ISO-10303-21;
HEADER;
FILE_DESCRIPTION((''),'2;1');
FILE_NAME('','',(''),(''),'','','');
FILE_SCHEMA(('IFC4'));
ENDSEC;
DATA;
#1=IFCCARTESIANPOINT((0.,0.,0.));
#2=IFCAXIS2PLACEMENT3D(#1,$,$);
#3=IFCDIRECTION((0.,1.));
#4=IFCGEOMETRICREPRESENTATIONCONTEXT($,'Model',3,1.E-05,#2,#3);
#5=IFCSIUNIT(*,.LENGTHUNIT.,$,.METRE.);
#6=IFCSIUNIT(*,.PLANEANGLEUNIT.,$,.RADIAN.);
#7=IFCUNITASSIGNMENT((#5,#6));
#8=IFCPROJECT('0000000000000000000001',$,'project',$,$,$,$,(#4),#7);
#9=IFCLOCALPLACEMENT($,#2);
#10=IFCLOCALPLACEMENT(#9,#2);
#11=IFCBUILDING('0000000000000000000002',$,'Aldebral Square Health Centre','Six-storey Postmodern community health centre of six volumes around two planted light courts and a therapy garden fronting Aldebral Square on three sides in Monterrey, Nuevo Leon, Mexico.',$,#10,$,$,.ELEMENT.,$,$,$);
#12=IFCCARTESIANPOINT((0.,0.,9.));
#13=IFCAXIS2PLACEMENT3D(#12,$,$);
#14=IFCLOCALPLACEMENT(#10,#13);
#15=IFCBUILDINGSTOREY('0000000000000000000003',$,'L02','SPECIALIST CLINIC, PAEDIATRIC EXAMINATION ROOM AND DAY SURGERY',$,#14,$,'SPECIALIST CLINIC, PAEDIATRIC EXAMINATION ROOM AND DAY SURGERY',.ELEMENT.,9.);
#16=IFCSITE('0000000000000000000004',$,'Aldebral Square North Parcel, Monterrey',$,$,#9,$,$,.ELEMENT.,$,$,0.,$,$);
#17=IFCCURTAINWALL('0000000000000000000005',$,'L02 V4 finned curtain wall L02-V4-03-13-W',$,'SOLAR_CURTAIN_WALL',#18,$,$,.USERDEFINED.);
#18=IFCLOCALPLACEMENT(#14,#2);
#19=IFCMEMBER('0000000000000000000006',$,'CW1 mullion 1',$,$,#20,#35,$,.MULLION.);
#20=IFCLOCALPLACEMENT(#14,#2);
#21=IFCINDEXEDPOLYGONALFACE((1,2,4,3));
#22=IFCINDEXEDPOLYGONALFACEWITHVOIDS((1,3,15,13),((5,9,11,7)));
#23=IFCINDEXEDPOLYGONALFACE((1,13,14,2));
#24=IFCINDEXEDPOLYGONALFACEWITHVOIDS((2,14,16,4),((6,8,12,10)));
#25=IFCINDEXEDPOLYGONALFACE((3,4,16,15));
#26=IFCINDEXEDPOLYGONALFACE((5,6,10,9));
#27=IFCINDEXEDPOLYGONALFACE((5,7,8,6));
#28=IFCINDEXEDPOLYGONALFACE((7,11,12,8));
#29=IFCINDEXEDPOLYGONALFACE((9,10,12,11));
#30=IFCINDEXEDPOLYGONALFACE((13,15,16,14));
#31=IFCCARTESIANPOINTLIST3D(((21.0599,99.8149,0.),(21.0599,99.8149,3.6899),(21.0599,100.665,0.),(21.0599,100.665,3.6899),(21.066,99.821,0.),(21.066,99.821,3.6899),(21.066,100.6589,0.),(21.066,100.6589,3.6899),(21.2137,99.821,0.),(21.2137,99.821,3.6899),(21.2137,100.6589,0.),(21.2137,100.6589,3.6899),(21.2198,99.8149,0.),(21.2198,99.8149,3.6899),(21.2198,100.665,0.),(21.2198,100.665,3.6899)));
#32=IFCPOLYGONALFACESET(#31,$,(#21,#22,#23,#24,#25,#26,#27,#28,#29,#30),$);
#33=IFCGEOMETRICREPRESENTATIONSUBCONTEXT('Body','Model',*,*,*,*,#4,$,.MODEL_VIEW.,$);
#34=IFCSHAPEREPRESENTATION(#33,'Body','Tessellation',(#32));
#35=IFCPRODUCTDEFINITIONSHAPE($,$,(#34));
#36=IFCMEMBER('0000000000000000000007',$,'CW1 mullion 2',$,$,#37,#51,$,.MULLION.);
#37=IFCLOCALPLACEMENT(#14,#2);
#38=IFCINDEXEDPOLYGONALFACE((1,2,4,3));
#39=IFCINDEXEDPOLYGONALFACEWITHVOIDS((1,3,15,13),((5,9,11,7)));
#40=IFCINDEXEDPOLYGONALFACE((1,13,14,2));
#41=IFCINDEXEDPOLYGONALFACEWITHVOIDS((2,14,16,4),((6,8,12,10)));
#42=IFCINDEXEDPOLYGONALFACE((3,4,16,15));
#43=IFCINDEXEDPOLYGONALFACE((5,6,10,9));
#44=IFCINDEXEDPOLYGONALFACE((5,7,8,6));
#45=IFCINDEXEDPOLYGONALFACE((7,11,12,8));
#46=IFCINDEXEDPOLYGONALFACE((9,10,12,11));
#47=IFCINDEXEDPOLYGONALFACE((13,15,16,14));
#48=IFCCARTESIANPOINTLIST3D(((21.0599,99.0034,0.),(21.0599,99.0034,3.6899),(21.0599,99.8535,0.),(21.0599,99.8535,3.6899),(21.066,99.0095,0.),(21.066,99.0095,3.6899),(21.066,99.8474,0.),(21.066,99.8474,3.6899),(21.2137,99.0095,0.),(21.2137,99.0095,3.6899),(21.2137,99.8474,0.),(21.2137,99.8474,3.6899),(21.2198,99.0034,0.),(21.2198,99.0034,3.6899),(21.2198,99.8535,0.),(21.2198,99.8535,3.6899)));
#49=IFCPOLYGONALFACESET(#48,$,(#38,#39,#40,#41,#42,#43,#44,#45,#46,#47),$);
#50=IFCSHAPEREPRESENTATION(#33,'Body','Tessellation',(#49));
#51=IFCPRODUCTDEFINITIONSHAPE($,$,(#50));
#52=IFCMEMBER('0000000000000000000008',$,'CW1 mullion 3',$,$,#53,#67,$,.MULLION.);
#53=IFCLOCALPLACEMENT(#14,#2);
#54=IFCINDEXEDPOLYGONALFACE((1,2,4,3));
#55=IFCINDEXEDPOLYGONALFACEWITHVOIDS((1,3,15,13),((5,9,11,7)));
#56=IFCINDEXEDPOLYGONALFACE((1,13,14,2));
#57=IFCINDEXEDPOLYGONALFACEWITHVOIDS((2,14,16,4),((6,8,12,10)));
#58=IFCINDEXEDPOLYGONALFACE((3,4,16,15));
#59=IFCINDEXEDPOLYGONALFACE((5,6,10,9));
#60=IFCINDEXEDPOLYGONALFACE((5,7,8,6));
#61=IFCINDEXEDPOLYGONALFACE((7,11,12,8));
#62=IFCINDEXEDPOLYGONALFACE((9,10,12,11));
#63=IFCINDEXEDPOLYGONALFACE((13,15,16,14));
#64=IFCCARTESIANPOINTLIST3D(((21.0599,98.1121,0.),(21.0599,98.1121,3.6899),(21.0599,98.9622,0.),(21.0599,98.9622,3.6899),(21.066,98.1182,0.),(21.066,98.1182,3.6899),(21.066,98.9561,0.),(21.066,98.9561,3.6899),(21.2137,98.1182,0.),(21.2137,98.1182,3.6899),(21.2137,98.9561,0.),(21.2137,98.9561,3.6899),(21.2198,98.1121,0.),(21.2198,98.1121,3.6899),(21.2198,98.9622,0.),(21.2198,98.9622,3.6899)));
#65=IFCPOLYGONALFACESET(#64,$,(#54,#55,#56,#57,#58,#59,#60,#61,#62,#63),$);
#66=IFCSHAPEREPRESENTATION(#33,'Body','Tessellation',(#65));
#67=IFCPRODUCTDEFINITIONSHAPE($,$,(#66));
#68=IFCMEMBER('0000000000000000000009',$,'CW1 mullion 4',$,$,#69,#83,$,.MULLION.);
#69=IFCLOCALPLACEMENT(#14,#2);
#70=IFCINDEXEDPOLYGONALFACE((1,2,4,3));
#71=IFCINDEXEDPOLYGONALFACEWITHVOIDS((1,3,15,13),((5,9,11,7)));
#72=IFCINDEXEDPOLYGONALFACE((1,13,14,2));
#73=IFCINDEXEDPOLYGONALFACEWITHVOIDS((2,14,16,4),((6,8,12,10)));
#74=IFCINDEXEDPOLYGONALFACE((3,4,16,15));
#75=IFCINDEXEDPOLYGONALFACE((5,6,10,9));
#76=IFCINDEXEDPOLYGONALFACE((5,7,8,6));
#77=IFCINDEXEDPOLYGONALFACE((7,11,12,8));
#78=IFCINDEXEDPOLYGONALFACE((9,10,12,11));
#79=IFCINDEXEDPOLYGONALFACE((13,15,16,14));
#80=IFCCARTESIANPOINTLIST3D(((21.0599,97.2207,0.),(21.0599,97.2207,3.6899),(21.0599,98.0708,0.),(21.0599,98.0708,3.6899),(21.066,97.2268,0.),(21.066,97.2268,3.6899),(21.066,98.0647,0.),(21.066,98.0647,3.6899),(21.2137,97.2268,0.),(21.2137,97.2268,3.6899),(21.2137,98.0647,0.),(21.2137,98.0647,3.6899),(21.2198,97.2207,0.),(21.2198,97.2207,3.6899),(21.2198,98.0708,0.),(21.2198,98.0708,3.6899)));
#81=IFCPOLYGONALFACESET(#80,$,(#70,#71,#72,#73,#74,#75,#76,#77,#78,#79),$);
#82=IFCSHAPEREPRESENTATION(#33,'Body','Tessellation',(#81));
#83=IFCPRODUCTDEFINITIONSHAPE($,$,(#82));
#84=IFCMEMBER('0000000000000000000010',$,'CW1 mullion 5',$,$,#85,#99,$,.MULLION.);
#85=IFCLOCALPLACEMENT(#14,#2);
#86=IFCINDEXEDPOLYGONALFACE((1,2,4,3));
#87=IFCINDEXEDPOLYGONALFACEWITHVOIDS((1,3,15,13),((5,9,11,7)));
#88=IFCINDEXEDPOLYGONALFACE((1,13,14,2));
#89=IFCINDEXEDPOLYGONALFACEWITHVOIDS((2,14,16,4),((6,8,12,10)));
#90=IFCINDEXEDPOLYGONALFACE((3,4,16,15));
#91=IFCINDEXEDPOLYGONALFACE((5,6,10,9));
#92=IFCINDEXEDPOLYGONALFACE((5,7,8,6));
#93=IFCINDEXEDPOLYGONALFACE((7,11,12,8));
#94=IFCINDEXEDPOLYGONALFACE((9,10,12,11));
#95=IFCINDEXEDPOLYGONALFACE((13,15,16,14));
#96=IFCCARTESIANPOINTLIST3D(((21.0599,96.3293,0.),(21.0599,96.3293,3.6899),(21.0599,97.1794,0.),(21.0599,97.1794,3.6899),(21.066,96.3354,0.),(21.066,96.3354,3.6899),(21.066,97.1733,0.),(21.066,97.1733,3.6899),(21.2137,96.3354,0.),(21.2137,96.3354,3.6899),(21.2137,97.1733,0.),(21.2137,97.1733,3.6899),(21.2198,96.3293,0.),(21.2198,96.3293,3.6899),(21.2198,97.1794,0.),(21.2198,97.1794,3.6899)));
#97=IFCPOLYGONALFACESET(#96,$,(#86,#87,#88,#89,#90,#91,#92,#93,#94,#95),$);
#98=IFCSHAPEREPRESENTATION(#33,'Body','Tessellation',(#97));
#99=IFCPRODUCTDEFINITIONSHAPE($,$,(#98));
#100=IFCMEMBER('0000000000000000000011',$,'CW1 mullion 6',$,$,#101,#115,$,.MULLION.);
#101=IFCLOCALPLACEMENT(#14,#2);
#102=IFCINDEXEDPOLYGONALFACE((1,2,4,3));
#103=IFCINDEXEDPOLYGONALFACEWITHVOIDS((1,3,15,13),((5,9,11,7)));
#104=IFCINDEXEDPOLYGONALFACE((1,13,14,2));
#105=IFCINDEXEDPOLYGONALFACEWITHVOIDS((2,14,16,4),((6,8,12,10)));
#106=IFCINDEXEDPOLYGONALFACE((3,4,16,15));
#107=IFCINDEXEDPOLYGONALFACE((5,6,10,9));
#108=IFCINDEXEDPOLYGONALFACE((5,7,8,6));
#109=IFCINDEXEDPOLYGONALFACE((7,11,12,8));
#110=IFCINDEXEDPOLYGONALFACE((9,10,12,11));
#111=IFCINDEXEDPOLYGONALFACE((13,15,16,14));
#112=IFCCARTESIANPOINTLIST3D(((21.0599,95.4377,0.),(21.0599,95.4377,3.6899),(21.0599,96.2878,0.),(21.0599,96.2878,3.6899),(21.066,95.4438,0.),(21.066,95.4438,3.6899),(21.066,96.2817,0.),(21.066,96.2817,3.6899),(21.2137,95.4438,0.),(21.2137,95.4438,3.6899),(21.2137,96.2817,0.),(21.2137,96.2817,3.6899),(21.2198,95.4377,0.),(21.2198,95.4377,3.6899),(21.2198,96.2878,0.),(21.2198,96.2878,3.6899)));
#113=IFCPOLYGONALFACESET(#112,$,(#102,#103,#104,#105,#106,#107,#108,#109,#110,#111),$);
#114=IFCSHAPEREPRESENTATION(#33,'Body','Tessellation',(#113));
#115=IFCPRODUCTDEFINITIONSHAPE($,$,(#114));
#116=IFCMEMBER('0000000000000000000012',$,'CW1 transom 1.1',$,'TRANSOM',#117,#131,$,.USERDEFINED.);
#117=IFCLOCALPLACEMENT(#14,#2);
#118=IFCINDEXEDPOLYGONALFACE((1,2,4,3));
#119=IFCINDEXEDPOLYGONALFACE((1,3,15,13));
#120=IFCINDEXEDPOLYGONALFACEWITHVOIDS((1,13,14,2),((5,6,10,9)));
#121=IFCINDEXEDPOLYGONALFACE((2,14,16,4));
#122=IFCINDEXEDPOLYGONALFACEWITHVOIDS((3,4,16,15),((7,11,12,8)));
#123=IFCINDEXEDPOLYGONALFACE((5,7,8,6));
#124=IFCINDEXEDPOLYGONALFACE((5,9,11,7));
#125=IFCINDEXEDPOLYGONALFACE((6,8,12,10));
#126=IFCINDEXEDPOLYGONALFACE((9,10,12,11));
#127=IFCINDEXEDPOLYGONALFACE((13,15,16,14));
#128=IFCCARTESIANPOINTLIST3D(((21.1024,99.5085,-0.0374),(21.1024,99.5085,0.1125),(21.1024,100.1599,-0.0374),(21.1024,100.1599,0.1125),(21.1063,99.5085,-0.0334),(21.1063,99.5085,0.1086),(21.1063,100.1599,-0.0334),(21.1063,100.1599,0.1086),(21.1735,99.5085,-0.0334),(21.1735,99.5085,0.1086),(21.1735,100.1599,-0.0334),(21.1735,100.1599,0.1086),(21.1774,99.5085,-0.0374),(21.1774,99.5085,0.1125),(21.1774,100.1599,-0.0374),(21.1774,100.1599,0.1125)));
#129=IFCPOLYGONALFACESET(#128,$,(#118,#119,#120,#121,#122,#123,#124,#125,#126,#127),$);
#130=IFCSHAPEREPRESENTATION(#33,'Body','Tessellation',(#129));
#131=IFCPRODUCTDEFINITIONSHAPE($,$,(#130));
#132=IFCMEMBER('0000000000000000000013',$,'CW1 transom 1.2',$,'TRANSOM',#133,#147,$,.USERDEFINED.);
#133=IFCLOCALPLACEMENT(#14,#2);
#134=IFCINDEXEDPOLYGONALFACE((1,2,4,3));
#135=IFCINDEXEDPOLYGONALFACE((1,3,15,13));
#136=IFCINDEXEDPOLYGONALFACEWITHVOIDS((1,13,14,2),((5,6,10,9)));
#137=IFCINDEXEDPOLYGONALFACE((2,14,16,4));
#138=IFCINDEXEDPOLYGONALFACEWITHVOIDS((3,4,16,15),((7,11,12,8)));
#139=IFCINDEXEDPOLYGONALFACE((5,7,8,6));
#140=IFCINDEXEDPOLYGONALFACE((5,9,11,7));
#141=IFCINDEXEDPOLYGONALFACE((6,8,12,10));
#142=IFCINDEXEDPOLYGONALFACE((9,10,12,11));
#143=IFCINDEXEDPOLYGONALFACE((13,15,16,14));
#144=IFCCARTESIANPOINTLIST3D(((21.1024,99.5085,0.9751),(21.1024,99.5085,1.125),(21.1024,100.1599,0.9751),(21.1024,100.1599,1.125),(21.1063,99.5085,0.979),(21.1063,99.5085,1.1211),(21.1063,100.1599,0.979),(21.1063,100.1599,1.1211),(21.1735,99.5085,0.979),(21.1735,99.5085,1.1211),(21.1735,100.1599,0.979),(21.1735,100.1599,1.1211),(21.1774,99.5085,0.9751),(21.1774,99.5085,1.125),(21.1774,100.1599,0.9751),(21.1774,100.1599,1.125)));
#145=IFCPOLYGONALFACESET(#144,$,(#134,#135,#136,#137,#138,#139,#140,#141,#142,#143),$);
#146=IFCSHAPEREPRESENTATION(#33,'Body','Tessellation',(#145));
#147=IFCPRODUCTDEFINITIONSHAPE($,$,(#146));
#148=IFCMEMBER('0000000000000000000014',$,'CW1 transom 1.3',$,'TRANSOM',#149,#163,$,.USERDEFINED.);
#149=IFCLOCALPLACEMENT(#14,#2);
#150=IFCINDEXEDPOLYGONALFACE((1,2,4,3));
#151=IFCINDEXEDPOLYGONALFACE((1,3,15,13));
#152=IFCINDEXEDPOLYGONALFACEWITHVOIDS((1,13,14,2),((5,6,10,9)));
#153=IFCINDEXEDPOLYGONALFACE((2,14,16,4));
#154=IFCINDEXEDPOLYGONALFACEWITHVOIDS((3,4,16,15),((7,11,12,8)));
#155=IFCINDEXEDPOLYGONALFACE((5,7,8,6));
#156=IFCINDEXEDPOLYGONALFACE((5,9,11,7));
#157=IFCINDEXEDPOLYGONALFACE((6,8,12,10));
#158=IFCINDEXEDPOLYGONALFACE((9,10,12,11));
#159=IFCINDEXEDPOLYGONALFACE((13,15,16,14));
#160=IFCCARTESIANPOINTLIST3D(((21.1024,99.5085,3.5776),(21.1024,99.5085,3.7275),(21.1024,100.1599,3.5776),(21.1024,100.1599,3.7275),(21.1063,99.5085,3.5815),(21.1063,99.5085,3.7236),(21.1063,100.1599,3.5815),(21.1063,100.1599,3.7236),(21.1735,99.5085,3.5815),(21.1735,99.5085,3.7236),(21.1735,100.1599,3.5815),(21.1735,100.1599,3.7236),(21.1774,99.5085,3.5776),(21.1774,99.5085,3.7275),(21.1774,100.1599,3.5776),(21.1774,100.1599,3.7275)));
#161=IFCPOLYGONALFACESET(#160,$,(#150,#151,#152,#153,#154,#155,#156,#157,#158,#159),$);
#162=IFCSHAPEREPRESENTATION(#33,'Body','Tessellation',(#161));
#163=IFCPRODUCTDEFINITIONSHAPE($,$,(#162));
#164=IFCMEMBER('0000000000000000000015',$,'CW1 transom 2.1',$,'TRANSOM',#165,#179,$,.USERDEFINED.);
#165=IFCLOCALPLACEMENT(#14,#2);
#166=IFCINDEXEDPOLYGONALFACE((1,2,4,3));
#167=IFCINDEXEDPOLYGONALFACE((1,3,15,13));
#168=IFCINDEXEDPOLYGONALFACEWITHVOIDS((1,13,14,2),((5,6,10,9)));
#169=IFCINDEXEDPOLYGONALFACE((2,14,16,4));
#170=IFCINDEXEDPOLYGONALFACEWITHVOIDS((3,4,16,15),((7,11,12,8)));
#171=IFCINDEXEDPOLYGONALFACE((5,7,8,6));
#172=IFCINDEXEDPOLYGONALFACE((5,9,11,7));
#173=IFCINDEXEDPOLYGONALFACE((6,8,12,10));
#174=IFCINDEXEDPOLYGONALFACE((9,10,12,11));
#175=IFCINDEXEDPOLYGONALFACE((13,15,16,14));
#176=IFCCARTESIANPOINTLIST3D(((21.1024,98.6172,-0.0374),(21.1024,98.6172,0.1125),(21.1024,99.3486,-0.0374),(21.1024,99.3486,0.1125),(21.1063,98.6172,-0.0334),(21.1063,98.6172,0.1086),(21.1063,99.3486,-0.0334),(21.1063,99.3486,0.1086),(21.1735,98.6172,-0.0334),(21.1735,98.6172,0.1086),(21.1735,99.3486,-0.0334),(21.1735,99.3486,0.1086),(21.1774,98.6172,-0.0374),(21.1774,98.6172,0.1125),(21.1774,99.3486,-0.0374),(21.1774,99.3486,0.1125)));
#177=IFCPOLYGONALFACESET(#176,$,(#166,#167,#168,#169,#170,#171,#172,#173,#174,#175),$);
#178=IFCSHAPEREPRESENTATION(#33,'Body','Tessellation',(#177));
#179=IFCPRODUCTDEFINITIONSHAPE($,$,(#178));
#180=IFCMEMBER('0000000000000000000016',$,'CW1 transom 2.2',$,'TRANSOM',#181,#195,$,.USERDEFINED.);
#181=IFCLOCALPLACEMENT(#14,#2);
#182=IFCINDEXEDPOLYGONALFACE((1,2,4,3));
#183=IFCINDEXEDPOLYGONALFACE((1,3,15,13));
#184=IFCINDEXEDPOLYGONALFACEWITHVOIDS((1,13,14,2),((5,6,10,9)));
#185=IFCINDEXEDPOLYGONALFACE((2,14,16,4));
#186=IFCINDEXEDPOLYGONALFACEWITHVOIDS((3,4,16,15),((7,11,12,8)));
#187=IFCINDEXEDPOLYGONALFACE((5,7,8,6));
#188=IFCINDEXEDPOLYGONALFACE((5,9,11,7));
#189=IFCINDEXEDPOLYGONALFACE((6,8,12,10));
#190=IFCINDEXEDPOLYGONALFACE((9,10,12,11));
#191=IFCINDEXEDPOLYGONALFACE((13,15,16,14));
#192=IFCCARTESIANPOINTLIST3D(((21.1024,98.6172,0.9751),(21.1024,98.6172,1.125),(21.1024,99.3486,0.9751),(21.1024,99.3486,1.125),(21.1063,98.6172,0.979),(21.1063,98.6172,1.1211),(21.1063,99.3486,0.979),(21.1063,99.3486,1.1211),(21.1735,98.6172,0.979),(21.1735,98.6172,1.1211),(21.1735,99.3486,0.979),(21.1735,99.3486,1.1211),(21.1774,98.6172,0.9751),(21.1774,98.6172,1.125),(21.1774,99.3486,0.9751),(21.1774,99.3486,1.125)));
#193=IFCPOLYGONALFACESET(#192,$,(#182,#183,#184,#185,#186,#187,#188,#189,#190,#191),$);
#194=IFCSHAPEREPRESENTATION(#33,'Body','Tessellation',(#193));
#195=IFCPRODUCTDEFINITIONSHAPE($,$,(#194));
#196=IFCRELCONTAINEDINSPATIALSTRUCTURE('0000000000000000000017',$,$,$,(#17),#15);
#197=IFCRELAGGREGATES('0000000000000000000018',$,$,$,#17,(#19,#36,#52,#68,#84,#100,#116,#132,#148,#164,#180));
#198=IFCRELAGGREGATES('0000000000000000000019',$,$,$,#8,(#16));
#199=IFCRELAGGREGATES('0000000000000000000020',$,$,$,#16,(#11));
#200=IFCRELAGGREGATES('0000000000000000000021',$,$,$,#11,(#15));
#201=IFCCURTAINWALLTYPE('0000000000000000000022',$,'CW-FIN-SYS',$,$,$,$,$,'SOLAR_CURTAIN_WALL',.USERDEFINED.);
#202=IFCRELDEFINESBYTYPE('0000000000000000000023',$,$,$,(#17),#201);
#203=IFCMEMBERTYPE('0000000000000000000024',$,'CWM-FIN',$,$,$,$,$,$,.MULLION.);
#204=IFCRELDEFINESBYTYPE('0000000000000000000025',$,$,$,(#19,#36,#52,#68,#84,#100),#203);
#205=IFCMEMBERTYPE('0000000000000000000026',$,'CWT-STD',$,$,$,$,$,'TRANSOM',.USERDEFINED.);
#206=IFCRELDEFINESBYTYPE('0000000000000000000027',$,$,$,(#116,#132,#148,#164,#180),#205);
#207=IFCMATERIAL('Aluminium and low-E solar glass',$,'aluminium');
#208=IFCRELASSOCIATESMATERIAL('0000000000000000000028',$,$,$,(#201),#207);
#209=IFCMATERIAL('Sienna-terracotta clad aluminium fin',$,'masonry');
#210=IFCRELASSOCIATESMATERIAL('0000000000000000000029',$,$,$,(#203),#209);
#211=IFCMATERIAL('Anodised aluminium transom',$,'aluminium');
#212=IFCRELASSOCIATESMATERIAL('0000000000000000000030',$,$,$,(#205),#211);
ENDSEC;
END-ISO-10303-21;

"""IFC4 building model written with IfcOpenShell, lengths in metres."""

from ifc_helpers import new_model, si_unit, direction, frame, origin, origin_2d, place, context, subcontext, project, spatial, hollow_rectangle, extrude, material, material_profile, profile_set, type_object, element, aggregate, save


model = new_model("IFC4")

# Units and contexts
model_context = context("Model", 3, precision=1e-05, world=origin(), true_north=direction((0.0, 1.0)))
body_context = subcontext(model_context, "Body", "Model", "MODEL_VIEW")
ifc_project = project(units=[si_unit("LENGTHUNIT", "METRE"), si_unit("PLANEANGLEUNIT", "RADIAN")], contexts=[model_context])

# Site, building, storey
site_placement = place(None, origin())
site = spatial("IfcSite", under=ifc_project, at=site_placement, Name="Aldebral Square North Parcel, Monterrey", CompositionType="ELEMENT", RefElevation=0.0)
building_placement = place(site_placement, origin())
building = spatial("IfcBuilding", under=site, at=building_placement, Name="Aldebral Square Health Centre", Description="Six-storey Postmodern community health centre of six volumes around two planted light courts and a therapy garden fronting Aldebral Square on three sides in Monterrey, Nuevo Leon, Mexico.", CompositionType="ELEMENT")
storey_placement = place(building_placement, frame((0.0, 0.0, 9.0)))
storey = spatial("IfcBuildingStorey", under=building, at=storey_placement, Name="L02", Description="SPECIALIST CLINIC, PAEDIATRIC EXAMINATION ROOM AND DAY SURGERY", LongName="SPECIALIST CLINIC, PAEDIATRIC EXAMINATION ROOM AND DAY SURGERY", CompositionType="ELEMENT", Elevation=9.0)

# Curtain wall, members
ifc_material_1 = material(Name="Aluminium and low-E solar glass", Category="aluminium")
curtain_wall_type = type_object("IfcCurtainWallType", Name="CW-FIN-SYS", ElementType="SOLAR_CURTAIN_WALL", PredefinedType="USERDEFINED", material=ifc_material_1)
curtain_wall_placement = place(storey_placement, origin())
curtain_wall = element("IfcCurtainWall", 1, at=curtain_wall_placement, inside=storey, type_object=curtain_wall_type, Name="L02 V4 finned curtain wall L02-V4-03-13-W", ObjectType="SOLAR_CURTAIN_WALL", PredefinedType="USERDEFINED")
ifc_material_2 = material(Name="Sienna-terracotta clad aluminium fin", Category="masonry")
ifc_material_profile_1 = material_profile(ifc_material_2, hollow_rectangle(XDim=0.1599, YDim=0.8501, WallThickness=0.0061, at=origin_2d()), Name="FIN 160x850x6")
ifc_profile_set_1 = profile_set([ifc_material_profile_1], Name="Sienna-terracotta clad aluminium fin")
member_type_1 = type_object("IfcMemberType", Name="CWM-FIN", PredefinedType="MULLION", material=ifc_profile_set_1)
member_1_placement = place(storey_placement, frame((21.1399, 100.24, 0.0), z_axis=(0.0, 0.0, 1.0), x_axis=(1.0, 0.0, 0.0)))
member_1 = element("IfcMember", 2, at=member_1_placement, type_object=member_type_1, Name="CW1 mullion 1", PredefinedType="MULLION", context=body_context, shape_type="SweptSolid", body=[
    extrude(hollow_rectangle(XDim=0.1599, YDim=0.8501, WallThickness=0.0061, at=origin_2d()), origin(), (0.0, 0.0, 1.0), 3.6899),
])
member_2_placement = place(storey_placement, frame((21.1399, 99.4285, 0.0), z_axis=(0.0, 0.0, 1.0), x_axis=(1.0, 0.0, 0.0)))
member_2 = element("IfcMember", 3, at=member_2_placement, type_object=member_type_1, Name="CW1 mullion 2", PredefinedType="MULLION", context=body_context, shape_type="SweptSolid", body=[
    extrude(hollow_rectangle(XDim=0.1599, YDim=0.8501, WallThickness=0.0061, at=origin_2d()), origin(), (0.0, 0.0, 1.0), 3.6899),
])
member_3_placement = place(storey_placement, frame((21.1399, 98.5371, 0.0), z_axis=(0.0, 0.0, 1.0), x_axis=(1.0, 0.0, 0.0)))
member_3 = element("IfcMember", 4, at=member_3_placement, type_object=member_type_1, Name="CW1 mullion 3", PredefinedType="MULLION", context=body_context, shape_type="SweptSolid", body=[
    extrude(hollow_rectangle(XDim=0.1599, YDim=0.8501, WallThickness=0.0061, at=origin_2d()), origin(), (0.0, 0.0, 1.0), 3.6899),
])
member_4_placement = place(storey_placement, frame((21.1399, 97.6458, 0.0), z_axis=(0.0, 0.0, 1.0), x_axis=(1.0, 0.0, 0.0)))
member_4 = element("IfcMember", 5, at=member_4_placement, type_object=member_type_1, Name="CW1 mullion 4", PredefinedType="MULLION", context=body_context, shape_type="SweptSolid", body=[
    extrude(hollow_rectangle(XDim=0.1599, YDim=0.8501, WallThickness=0.0061, at=origin_2d()), origin(), (0.0, 0.0, 1.0), 3.6899),
])
member_5_placement = place(storey_placement, frame((21.1399, 96.7544, 0.0), z_axis=(0.0, 0.0, 1.0), x_axis=(1.0, 0.0, 0.0)))
member_5 = element("IfcMember", 6, at=member_5_placement, type_object=member_type_1, Name="CW1 mullion 5", PredefinedType="MULLION", context=body_context, shape_type="SweptSolid", body=[
    extrude(hollow_rectangle(XDim=0.1599, YDim=0.8501, WallThickness=0.0061, at=origin_2d()), origin(), (0.0, 0.0, 1.0), 3.6899),
])
member_6_placement = place(storey_placement, frame((21.1399, 95.8628, 0.0), z_axis=(0.0, 0.0, 1.0), x_axis=(1.0, 0.0, 0.0)))
member_6 = element("IfcMember", 7, at=member_6_placement, type_object=member_type_1, Name="CW1 mullion 6", PredefinedType="MULLION", context=body_context, shape_type="SweptSolid", body=[
    extrude(hollow_rectangle(XDim=0.1599, YDim=0.8501, WallThickness=0.0061, at=origin_2d()), origin(), (0.0, 0.0, 1.0), 3.6899),
])
ifc_material_3 = material(Name="Anodised aluminium transom", Category="aluminium")
ifc_material_profile_2 = material_profile(ifc_material_3, hollow_rectangle(XDim=0.075, YDim=0.1499, WallThickness=0.0039, at=origin_2d()), Name="CWT 75x150x4")
ifc_profile_set_2 = profile_set([ifc_material_profile_2], Name="Anodised aluminium transom")
member_type_2 = type_object("IfcMemberType", Name="CWT-STD", ElementType="TRANSOM", PredefinedType="USERDEFINED", material=ifc_profile_set_2)
member_7_placement = place(storey_placement, frame((21.1399, 100.1599, 0.0376), z_axis=(0.0, -1.0, 0.0), x_axis=(1.0, 0.0, 0.0)))
member_7 = element("IfcMember", 8, at=member_7_placement, type_object=member_type_2, Name="CW1 transom 1.1", ObjectType="TRANSOM", PredefinedType="USERDEFINED", context=body_context, shape_type="SweptSolid", body=[
    extrude(hollow_rectangle(XDim=0.075, YDim=0.1499, WallThickness=0.0039, at=origin_2d()), origin(), (0.0, 0.0, 1.0), 0.6514),
])
member_8_placement = place(storey_placement, frame((21.1399, 100.1599, 1.05), z_axis=(0.0, -1.0, 0.0), x_axis=(1.0, 0.0, 0.0)))
member_8 = element("IfcMember", 9, at=member_8_placement, type_object=member_type_2, Name="CW1 transom 1.2", ObjectType="TRANSOM", PredefinedType="USERDEFINED", context=body_context, shape_type="SweptSolid", body=[
    extrude(hollow_rectangle(XDim=0.075, YDim=0.1499, WallThickness=0.0039, at=origin_2d()), origin(), (0.0, 0.0, 1.0), 0.6514),
])
member_9_placement = place(storey_placement, frame((21.1399, 100.1599, 3.6526), z_axis=(0.0, -1.0, 0.0), x_axis=(1.0, 0.0, 0.0)))
member_9 = element("IfcMember", 10, at=member_9_placement, type_object=member_type_2, Name="CW1 transom 1.3", ObjectType="TRANSOM", PredefinedType="USERDEFINED", context=body_context, shape_type="SweptSolid", body=[
    extrude(hollow_rectangle(XDim=0.075, YDim=0.1499, WallThickness=0.0039, at=origin_2d()), origin(), (0.0, 0.0, 1.0), 0.6514),
])
member_10_placement = place(storey_placement, frame((21.1399, 99.3486, 0.0376), z_axis=(0.0, -1.0, 0.0), x_axis=(1.0, 0.0, 0.0)))
member_10 = element("IfcMember", 11, at=member_10_placement, type_object=member_type_2, Name="CW1 transom 2.1", ObjectType="TRANSOM", PredefinedType="USERDEFINED", context=body_context, shape_type="SweptSolid", body=[
    extrude(hollow_rectangle(XDim=0.075, YDim=0.1499, WallThickness=0.0039, at=origin_2d()), origin(), (0.0, 0.0, 1.0), 0.7314),
])
member_11_placement = place(storey_placement, frame((21.1399, 99.3486, 1.05), z_axis=(0.0, -1.0, 0.0), x_axis=(1.0, 0.0, 0.0)))
member_11 = element("IfcMember", 12, at=member_11_placement, type_object=member_type_2, Name="CW1 transom 2.2", ObjectType="TRANSOM", PredefinedType="USERDEFINED", context=body_context, shape_type="SweptSolid", body=[
    extrude(hollow_rectangle(XDim=0.075, YDim=0.1499, WallThickness=0.0039, at=origin_2d()), origin(), (0.0, 0.0, 1.0), 0.7314),
])
aggregate(curtain_wall, [member_1, member_2, member_3, member_4, member_5, member_6, member_7, member_8, member_9, member_10, member_11])

save(model, "model.ifc")
